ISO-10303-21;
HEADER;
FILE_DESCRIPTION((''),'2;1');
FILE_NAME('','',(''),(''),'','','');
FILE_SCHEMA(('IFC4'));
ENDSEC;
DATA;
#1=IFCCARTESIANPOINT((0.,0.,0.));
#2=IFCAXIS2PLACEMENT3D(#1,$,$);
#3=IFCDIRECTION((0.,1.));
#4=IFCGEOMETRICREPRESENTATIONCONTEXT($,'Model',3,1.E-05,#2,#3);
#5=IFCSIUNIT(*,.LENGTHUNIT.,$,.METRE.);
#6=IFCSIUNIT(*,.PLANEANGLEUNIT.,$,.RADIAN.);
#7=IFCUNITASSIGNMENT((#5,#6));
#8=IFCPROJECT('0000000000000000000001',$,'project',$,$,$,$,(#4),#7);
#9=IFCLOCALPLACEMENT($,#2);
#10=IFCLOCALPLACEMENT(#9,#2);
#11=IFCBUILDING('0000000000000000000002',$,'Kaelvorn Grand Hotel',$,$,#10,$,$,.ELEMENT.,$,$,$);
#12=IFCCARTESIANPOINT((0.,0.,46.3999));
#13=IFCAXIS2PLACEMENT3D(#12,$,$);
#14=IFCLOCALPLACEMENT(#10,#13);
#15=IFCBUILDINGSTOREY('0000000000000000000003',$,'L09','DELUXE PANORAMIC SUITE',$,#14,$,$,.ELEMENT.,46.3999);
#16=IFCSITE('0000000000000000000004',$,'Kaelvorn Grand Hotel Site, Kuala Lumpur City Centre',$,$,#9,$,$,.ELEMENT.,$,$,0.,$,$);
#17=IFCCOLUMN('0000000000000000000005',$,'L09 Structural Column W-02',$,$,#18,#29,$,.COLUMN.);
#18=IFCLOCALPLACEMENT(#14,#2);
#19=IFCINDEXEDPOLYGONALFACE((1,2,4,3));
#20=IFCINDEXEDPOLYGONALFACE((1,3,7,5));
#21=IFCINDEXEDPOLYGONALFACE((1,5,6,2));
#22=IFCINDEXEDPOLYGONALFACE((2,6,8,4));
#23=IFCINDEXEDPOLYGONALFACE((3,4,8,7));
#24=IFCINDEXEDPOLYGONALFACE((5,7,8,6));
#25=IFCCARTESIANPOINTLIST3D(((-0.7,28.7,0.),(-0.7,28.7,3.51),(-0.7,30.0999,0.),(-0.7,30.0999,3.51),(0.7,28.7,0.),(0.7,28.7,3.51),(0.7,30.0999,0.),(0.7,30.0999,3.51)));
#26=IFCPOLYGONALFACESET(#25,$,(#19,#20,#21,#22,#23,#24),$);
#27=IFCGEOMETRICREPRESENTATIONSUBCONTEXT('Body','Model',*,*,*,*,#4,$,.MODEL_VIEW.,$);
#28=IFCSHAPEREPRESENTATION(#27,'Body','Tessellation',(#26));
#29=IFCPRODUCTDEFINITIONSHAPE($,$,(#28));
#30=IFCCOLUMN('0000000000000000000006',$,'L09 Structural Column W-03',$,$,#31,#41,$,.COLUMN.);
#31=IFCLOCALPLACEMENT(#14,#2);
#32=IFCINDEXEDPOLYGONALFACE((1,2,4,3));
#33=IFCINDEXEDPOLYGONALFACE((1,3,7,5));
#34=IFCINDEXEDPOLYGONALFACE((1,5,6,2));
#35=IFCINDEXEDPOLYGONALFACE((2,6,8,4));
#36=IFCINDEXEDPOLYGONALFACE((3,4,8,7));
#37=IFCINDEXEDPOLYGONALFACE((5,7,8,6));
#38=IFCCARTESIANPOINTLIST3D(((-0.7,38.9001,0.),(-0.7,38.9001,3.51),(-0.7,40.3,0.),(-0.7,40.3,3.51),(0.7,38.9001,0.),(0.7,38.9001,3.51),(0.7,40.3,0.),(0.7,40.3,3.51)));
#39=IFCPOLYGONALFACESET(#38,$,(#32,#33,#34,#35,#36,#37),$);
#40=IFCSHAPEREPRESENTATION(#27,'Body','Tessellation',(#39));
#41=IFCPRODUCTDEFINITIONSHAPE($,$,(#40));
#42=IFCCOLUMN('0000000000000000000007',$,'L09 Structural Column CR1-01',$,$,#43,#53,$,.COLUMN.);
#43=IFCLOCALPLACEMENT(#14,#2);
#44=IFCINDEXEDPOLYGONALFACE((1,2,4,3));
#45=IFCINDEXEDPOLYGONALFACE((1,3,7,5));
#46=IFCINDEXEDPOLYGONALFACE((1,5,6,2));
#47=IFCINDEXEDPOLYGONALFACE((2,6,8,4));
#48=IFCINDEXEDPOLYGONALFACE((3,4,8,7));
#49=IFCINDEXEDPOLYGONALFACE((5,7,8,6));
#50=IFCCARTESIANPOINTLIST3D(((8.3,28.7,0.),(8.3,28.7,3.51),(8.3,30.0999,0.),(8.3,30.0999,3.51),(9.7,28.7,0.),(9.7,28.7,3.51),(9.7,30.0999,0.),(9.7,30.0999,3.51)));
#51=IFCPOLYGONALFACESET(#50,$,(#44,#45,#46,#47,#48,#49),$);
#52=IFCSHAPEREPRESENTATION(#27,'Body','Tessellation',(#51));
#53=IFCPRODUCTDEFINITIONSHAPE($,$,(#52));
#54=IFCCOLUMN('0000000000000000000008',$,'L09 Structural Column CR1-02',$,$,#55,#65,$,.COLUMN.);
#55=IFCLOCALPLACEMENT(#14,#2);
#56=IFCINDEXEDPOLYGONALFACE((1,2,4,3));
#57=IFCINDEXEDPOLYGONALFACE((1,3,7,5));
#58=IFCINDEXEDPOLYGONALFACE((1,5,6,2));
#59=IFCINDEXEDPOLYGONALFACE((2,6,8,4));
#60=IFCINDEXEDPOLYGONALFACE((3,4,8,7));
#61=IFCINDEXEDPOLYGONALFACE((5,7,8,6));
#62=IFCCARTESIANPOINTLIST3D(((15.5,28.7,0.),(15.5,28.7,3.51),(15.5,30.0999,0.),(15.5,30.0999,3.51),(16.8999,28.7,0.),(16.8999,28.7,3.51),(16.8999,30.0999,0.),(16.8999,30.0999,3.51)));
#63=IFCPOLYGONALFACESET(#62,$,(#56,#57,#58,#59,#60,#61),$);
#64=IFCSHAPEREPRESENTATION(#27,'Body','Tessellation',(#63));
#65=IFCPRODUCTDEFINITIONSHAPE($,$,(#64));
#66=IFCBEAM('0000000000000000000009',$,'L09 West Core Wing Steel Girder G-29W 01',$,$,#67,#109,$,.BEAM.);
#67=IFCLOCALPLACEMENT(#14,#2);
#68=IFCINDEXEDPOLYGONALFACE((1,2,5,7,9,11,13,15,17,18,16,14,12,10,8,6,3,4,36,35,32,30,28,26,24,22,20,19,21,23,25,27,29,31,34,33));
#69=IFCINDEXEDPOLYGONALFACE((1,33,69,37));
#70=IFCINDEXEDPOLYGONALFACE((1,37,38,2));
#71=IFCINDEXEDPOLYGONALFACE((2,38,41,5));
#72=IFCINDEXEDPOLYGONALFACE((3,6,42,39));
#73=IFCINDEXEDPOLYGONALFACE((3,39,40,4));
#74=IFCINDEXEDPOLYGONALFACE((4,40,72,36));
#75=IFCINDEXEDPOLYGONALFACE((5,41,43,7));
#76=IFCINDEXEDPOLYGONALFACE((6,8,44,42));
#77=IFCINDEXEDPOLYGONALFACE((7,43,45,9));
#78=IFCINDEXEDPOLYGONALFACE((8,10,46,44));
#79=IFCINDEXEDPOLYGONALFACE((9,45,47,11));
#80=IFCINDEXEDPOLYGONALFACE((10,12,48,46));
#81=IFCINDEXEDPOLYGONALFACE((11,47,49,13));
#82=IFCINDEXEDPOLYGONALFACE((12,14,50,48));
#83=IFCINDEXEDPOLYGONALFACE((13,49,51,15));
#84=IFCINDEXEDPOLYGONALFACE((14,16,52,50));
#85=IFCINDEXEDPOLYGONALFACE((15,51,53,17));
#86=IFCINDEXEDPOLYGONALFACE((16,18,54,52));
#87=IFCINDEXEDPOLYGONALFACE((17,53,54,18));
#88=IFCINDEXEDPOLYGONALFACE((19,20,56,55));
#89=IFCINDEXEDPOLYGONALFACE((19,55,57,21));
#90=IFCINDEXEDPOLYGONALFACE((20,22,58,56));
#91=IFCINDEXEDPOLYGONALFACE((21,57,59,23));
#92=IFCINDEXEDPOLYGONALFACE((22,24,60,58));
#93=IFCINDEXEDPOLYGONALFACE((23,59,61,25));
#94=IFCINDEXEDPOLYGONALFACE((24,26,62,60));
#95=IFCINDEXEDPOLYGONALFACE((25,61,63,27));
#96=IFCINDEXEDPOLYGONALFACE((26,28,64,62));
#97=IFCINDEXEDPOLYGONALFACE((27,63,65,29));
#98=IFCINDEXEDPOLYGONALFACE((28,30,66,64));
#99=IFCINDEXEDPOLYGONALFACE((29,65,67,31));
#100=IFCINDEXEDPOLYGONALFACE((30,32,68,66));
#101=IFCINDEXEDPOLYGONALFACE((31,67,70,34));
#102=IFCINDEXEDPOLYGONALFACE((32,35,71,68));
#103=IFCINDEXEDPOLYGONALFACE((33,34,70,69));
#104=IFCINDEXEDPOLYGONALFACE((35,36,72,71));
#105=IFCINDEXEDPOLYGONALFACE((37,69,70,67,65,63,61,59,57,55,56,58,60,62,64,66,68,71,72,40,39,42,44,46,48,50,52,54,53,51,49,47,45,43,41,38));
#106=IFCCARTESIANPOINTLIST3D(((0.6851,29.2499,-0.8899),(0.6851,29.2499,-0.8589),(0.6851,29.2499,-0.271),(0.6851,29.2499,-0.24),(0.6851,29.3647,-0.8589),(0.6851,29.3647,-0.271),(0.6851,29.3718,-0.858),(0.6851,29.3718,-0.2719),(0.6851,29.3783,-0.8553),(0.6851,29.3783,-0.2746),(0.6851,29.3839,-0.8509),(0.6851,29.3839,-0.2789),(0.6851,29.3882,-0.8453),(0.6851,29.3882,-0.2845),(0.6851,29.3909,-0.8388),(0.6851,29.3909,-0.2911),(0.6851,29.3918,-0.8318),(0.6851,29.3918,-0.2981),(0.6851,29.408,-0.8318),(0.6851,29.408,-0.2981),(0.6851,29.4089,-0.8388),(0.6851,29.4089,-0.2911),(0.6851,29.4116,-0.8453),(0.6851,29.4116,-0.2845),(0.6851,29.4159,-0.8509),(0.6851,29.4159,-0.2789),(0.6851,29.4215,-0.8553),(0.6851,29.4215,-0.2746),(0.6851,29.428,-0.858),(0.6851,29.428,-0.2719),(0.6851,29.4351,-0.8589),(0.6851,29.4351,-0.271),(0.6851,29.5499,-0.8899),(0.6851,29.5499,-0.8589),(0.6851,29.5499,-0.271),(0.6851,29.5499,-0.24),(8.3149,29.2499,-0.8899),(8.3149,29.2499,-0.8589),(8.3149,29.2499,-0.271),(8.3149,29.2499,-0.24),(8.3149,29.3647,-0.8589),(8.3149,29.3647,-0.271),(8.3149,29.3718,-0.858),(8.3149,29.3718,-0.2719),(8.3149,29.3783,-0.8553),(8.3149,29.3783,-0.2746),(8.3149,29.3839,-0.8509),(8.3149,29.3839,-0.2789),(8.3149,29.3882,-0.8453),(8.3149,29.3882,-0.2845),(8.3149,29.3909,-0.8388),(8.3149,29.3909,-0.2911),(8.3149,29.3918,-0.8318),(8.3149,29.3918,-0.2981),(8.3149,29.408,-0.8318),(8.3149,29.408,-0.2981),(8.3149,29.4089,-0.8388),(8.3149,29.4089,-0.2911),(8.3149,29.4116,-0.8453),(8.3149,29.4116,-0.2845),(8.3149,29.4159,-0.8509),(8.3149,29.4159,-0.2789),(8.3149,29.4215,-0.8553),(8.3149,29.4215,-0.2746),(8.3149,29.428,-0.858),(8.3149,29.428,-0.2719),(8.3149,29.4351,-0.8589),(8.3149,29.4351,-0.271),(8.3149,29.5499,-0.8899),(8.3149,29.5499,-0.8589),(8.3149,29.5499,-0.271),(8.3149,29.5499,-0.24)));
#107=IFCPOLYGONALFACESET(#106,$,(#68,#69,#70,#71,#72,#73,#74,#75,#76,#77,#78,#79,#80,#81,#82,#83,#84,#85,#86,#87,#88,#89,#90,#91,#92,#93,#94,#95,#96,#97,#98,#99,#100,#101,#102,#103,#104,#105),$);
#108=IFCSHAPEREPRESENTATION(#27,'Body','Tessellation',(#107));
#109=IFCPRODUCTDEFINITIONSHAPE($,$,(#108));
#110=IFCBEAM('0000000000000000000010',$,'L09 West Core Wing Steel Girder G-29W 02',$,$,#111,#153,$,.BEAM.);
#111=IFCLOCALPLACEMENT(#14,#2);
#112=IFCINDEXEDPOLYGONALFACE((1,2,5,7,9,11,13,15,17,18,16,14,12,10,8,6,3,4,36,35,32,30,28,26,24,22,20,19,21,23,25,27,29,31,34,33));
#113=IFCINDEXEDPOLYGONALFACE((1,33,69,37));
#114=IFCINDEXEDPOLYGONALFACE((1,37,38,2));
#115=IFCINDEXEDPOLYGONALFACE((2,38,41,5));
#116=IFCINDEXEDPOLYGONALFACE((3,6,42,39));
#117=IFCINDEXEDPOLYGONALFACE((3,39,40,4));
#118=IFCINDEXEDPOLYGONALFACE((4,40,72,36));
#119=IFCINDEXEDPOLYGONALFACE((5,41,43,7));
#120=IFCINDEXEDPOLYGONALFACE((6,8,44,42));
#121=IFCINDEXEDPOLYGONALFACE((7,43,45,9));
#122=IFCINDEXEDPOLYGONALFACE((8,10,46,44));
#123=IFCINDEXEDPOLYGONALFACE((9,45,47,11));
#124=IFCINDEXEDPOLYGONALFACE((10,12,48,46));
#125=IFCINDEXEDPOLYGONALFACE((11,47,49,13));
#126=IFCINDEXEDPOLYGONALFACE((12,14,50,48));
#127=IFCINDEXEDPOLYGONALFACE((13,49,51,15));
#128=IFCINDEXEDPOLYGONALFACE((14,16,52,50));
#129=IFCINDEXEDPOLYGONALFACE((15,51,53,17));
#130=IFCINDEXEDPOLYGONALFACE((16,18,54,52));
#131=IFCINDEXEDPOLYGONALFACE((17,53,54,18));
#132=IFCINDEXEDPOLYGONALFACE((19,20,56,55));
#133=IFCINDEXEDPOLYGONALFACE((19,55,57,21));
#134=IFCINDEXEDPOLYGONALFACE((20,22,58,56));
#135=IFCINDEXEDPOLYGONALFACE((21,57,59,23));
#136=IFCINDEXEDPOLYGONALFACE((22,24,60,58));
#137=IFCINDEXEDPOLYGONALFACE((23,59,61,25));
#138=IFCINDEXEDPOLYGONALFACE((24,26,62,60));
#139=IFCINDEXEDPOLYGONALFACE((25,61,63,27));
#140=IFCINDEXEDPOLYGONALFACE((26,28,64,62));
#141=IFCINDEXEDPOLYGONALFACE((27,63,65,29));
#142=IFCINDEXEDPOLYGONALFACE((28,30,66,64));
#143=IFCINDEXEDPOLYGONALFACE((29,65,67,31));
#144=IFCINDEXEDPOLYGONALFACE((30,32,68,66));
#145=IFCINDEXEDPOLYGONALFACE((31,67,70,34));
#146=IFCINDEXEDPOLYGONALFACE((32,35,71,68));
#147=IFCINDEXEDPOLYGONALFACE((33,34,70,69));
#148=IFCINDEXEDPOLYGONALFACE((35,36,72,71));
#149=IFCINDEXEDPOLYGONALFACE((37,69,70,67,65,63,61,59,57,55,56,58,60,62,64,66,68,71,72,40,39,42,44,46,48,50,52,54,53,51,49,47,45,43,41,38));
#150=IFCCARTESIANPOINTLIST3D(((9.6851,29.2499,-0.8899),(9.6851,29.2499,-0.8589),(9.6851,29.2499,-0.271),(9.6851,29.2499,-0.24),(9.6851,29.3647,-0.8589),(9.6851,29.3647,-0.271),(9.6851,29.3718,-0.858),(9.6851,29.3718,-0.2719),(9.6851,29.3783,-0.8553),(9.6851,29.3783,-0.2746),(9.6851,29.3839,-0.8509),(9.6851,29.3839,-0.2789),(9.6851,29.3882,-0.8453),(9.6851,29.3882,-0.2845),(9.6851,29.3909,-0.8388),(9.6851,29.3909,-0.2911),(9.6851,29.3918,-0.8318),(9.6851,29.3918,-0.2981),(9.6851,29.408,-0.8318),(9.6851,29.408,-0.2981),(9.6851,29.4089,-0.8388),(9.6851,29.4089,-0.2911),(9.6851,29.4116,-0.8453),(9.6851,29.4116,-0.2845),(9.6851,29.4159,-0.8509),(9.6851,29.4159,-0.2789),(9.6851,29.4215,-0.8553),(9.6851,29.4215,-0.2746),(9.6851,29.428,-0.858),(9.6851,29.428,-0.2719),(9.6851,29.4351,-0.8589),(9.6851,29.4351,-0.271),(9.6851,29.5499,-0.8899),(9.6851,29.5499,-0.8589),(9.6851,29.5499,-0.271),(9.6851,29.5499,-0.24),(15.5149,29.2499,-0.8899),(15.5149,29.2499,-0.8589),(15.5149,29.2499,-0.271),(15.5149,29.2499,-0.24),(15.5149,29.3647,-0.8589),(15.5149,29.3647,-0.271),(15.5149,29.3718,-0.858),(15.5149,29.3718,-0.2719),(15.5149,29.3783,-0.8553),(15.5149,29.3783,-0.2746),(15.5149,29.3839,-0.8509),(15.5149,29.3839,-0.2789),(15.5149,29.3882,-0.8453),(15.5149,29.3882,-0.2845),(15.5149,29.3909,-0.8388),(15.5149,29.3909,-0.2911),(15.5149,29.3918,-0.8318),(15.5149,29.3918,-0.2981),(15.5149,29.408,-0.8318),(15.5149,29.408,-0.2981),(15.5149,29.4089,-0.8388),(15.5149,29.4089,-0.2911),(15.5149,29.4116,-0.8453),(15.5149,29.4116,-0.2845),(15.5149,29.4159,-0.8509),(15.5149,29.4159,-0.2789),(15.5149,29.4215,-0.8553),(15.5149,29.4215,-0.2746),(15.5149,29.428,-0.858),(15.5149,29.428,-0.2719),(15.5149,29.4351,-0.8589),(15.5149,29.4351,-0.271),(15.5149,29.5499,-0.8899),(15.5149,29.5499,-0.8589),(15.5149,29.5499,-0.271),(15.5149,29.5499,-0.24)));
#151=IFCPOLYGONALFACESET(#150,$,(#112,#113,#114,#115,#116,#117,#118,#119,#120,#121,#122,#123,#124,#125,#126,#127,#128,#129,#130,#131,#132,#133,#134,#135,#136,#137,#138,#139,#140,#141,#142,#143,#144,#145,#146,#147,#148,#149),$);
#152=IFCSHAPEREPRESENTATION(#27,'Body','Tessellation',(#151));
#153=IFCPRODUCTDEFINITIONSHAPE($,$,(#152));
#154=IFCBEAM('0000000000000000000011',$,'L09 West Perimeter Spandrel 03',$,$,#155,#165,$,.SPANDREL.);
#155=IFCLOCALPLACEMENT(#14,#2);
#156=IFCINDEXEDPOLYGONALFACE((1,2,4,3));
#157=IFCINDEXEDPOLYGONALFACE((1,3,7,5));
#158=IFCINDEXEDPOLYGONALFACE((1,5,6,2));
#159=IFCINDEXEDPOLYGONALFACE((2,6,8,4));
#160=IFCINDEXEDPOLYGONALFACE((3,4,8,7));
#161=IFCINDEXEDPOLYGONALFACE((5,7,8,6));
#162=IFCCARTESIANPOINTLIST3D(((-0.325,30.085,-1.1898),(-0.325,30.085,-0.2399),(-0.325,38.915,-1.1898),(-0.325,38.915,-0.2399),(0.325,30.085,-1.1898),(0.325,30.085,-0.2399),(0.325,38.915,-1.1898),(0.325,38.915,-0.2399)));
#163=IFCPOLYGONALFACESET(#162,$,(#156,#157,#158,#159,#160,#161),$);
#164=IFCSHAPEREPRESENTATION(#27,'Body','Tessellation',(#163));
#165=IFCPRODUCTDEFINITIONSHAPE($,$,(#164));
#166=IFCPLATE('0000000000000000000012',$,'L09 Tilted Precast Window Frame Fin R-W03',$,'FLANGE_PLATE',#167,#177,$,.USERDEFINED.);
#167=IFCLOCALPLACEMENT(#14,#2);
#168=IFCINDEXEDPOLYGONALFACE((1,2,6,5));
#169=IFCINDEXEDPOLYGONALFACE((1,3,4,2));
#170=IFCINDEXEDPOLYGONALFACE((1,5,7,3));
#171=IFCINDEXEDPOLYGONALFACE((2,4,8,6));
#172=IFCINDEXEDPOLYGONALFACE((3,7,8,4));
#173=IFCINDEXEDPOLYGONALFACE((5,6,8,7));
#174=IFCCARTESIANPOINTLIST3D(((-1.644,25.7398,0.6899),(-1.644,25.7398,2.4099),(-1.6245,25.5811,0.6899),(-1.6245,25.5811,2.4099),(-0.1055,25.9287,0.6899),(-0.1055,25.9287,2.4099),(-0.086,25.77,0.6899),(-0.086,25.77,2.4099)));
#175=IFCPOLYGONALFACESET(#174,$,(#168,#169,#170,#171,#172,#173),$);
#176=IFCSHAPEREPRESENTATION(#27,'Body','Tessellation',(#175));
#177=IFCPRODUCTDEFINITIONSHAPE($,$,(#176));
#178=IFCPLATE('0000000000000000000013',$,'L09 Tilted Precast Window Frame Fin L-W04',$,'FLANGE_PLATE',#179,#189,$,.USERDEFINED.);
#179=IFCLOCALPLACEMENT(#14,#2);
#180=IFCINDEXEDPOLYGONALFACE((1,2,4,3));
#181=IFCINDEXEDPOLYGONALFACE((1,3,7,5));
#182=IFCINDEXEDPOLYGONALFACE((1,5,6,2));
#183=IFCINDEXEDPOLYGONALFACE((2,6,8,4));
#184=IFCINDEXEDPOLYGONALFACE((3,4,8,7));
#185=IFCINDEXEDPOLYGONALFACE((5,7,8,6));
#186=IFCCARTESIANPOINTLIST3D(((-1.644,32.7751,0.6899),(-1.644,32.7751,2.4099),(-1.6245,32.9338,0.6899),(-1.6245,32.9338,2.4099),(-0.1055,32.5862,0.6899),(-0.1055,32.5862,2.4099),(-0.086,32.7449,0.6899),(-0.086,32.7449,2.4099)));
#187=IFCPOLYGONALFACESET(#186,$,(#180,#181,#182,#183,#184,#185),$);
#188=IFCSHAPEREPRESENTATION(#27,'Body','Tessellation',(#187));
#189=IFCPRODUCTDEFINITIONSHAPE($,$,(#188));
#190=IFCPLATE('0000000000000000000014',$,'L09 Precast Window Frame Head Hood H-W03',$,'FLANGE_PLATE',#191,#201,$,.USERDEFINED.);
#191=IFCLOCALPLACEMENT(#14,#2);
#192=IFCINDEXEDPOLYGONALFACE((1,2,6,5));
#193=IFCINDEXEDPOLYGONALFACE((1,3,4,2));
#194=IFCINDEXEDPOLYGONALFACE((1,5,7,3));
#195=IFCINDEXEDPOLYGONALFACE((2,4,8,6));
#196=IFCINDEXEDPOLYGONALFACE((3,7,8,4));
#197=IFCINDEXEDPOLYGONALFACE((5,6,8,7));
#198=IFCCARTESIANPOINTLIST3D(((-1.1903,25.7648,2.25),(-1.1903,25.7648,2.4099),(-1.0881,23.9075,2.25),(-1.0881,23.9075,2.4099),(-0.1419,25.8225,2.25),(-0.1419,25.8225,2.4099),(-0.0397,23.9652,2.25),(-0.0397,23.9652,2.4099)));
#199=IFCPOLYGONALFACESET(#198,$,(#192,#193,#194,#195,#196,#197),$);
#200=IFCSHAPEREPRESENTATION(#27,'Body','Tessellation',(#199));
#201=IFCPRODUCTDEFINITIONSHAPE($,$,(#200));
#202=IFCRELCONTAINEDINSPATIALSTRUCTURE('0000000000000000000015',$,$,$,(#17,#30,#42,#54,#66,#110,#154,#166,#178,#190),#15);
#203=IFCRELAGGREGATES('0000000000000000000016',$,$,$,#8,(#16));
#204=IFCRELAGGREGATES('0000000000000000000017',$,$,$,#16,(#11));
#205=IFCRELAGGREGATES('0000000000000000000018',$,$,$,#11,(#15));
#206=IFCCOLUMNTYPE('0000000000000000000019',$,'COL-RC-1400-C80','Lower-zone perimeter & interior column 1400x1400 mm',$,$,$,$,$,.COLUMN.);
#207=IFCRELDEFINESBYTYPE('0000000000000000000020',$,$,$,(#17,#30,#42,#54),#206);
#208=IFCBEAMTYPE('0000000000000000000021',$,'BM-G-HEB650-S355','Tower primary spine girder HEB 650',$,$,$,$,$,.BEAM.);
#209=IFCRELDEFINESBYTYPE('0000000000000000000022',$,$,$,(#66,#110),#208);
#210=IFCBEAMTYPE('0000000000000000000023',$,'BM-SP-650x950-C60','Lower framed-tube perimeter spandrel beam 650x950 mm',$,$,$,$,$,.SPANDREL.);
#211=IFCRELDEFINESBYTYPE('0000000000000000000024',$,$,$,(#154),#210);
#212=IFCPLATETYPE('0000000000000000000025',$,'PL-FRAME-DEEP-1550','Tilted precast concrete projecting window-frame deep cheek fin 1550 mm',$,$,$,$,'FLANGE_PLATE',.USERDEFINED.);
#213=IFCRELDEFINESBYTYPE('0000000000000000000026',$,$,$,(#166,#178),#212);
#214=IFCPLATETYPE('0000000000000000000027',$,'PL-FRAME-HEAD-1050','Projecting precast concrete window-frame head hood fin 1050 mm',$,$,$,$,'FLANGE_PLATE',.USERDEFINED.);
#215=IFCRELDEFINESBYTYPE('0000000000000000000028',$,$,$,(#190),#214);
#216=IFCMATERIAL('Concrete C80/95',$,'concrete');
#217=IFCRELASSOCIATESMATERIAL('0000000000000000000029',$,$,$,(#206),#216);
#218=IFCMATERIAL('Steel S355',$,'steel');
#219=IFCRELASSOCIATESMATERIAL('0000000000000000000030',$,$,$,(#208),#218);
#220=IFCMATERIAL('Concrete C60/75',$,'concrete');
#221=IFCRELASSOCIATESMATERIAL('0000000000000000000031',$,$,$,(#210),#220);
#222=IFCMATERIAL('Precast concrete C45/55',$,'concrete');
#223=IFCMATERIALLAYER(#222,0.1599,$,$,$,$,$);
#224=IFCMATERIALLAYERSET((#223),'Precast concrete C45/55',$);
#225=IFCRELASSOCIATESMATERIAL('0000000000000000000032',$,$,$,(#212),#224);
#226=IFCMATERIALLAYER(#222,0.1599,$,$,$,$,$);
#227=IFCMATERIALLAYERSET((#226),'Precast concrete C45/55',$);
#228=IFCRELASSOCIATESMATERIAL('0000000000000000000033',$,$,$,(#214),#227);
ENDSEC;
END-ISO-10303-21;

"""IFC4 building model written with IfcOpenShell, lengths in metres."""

from ifc_helpers import new_model, si_unit, direction, frame, origin, origin_2d, place, context, subcontext, project, spatial, rectangle, i_section, extrude, material, layer, layer_set, material_profile, profile_set, type_object, element, save


model = new_model("IFC4")

# Units and contexts
model_context = context("Model", 3, precision=1e-05, world=origin(), true_north=direction((0.0, 1.0)))
body_context = subcontext(model_context, "Body", "Model", "MODEL_VIEW")
ifc_project = project(units=[si_unit("LENGTHUNIT", "METRE"), si_unit("PLANEANGLEUNIT", "RADIAN")], contexts=[model_context])

# Site, building, storey
site_placement = place(None, origin())
site = spatial("IfcSite", under=ifc_project, at=site_placement, Name="Kaelvorn Grand Hotel Site, Kuala Lumpur City Centre", CompositionType="ELEMENT", RefElevation=0.0)
building_placement = place(site_placement, origin())
building = spatial("IfcBuilding", under=site, at=building_placement, Name="Kaelvorn Grand Hotel", CompositionType="ELEMENT")
storey_placement = place(building_placement, frame((0.0, 0.0, 46.3999)))
storey = spatial("IfcBuildingStorey", under=building, at=storey_placement, Name="L09", Description="DELUXE PANORAMIC SUITE", CompositionType="ELEMENT", Elevation=46.3999)

# Columns
ifc_material_1 = material(Name="Concrete C80/95", Category="concrete")
ifc_material_profile_1 = material_profile(ifc_material_1, rectangle(XDim=1.3999, YDim=1.3999, at=origin_2d()), Name="RC COL 1400x1400")
ifc_profile_set_1 = profile_set([ifc_material_profile_1], Name="Concrete C80/95")
column_type = type_object("IfcColumnType", Name="COL-RC-1400-C80", Description="Lower-zone perimeter & interior column 1400x1400 mm", PredefinedType="COLUMN", material=ifc_profile_set_1)
for number, where, z_axis, x_axis, name in (
    (1, (0.0, 29.3999, 0.0), (0.0, 0.0, 1.0), (1.0, 0.0, 0.0), "L09 Structural Column W-02"),
    (2, (0.0, 39.6001, 0.0), (0.0, 0.0, 1.0), (1.0, 0.0, 0.0), "L09 Structural Column W-03"),
    (3, (9.0, 29.3999, 0.0), (0.0, 0.0, 1.0), (1.0, 0.0, 0.0), "L09 Structural Column CR1-01"),
    (4, (16.2, 29.3999, 0.0), (0.0, 0.0, 1.0), (1.0, 0.0, 0.0), "L09 Structural Column CR1-02"),
):
    element("IfcColumn", number, at=place(storey_placement, frame(where, z_axis=z_axis, x_axis=x_axis)), inside=storey, type_object=column_type, Name=name, PredefinedType="COLUMN", context=body_context, shape_type="SweptSolid", body=[
        extrude(rectangle(XDim=1.3999, YDim=1.3999, at=origin_2d()), origin(), (0.0, 0.0, 1.0), 3.51),
    ])

# Beams
ifc_material_2 = material(Name="Steel S355", Category="steel")
ifc_material_profile_2 = material_profile(ifc_material_2, i_section(OverallWidth=0.3, OverallDepth=0.6499, WebThickness=0.0161, FlangeThickness=0.031, FilletRadius=0.0271, at=origin_2d()), Name="HEB 650")
ifc_profile_set_2 = profile_set([ifc_material_profile_2], Name="Steel S355")
beam_type_1 = type_object("IfcBeamType", Name="BM-G-HEB650-S355", Description="Tower primary spine girder HEB 650", PredefinedType="BEAM", material=ifc_profile_set_2)
beam_1_placement = place(storey_placement, frame((0.6851, 29.3999, -0.5649), z_axis=(1.0, 0.0, 0.0), x_axis=(0.0, 1.0, 0.0)))
element("IfcBeam", 5, at=beam_1_placement, inside=storey, type_object=beam_type_1, Name="L09 West Core Wing Steel Girder G-29W 01", PredefinedType="BEAM", context=body_context, shape_type="SweptSolid", body=[
    extrude(i_section(OverallWidth=0.3, OverallDepth=0.6499, WebThickness=0.0161, FlangeThickness=0.031, FilletRadius=0.0271, at=origin_2d()), origin(), (0.0, 0.0, 1.0), 7.6299),
])
beam_2_placement = place(storey_placement, frame((9.6851, 29.3999, -0.5649), z_axis=(1.0, 0.0, 0.0), x_axis=(0.0, 1.0, 0.0)))
element("IfcBeam", 6, at=beam_2_placement, inside=storey, type_object=beam_type_1, Name="L09 West Core Wing Steel Girder G-29W 02", PredefinedType="BEAM", context=body_context, shape_type="SweptSolid", body=[
    extrude(i_section(OverallWidth=0.3, OverallDepth=0.6499, WebThickness=0.0161, FlangeThickness=0.031, FilletRadius=0.0271, at=origin_2d()), origin(), (0.0, 0.0, 1.0), 5.8298),
])
ifc_material_3 = material(Name="Concrete C60/75", Category="concrete")
ifc_material_profile_3 = material_profile(ifc_material_3, rectangle(XDim=0.6499, YDim=0.95, at=origin_2d()), Name="RC SPANDREL 650x950")
ifc_profile_set_3 = profile_set([ifc_material_profile_3], Name="Concrete C60/75")
beam_type_2 = type_object("IfcBeamType", Name="BM-SP-650x950-C60", Description="Lower framed-tube perimeter spandrel beam 650x950 mm", PredefinedType="SPANDREL", material=ifc_profile_set_3)
beam_3_placement = place(storey_placement, frame((0.0, 30.085, -0.7148), z_axis=(0.0, 1.0, 0.0), x_axis=(-1.0, 0.0, 0.0)))
element("IfcBeam", 7, at=beam_3_placement, inside=storey, type_object=beam_type_2, Name="L09 West Perimeter Spandrel 03", PredefinedType="SPANDREL", context=body_context, shape_type="SweptSolid", body=[
    extrude(rectangle(XDim=0.6499, YDim=0.95, at=origin_2d()), origin(), (0.0, 0.0, 1.0), 8.8301),
])

# Plates
ifc_material_4 = material(Name="Precast concrete C45/55", Category="concrete")
ifc_layer_1 = layer(ifc_material_4, 0.1599)
ifc_layer_set_1 = layer_set([ifc_layer_1], Name="Precast concrete C45/55")
plate_type_1 = type_object("IfcPlateType", Name="PL-FRAME-DEEP-1550", Description="Tilted precast concrete projecting window-frame deep cheek fin 1550 mm", ElementType="FLANGE_PLATE", PredefinedType="USERDEFINED", material=ifc_layer_set_1)
for number, where, z_axis, x_axis, name in (
    (8, (-0.865, 25.7549, 0.6899), (0.0, 0.0, 1.0), (-0.121869, 0.992546, 0.0), "L09 Tilted Precast Window Frame Fin R-W03"),
    (9, (-0.865, 32.76, 0.6899), (0.0, 0.0, 1.0), (0.121869, 0.992546, 0.0), "L09 Tilted Precast Window Frame Fin L-W04"),
):
    element("IfcPlate", number, at=place(storey_placement, frame(where, z_axis=z_axis, x_axis=x_axis)), inside=storey, type_object=plate_type_1, Name=name, ObjectType="FLANGE_PLATE", PredefinedType="USERDEFINED", context=body_context, shape_type="SweptSolid", body=[
        extrude(rectangle(XDim=0.1599, YDim=1.55, at=origin_2d()), origin(), (0.0, 0.0, 1.0), 1.72),
    ])
ifc_layer_2 = layer(ifc_material_4, 0.1599)
ifc_layer_set_2 = layer_set([ifc_layer_2], Name="Precast concrete C45/55")
plate_type_2 = type_object("IfcPlateType", Name="PL-FRAME-HEAD-1050", Description="Projecting precast concrete window-frame head hood fin 1050 mm", ElementType="FLANGE_PLATE", PredefinedType="USERDEFINED", material=ifc_layer_set_2)
for number, where, z_axis, x_axis, name in (
    (10, (-0.615, 24.865, 2.25), (0.0, 0.0, 1.0), (-0.05495, 0.998489, 0.0), "L09 Precast Window Frame Head Hood H-W03"),
):
    element("IfcPlate", number, at=place(storey_placement, frame(where, z_axis=z_axis, x_axis=x_axis)), inside=storey, type_object=plate_type_2, Name=name, ObjectType="FLANGE_PLATE", PredefinedType="USERDEFINED", context=body_context, shape_type="SweptSolid", body=[
        extrude(rectangle(XDim=1.8601, YDim=1.05, at=origin_2d()), origin(), (0.0, 0.0, 1.0), 0.1599),
    ])

save(model, "model.ifc")
